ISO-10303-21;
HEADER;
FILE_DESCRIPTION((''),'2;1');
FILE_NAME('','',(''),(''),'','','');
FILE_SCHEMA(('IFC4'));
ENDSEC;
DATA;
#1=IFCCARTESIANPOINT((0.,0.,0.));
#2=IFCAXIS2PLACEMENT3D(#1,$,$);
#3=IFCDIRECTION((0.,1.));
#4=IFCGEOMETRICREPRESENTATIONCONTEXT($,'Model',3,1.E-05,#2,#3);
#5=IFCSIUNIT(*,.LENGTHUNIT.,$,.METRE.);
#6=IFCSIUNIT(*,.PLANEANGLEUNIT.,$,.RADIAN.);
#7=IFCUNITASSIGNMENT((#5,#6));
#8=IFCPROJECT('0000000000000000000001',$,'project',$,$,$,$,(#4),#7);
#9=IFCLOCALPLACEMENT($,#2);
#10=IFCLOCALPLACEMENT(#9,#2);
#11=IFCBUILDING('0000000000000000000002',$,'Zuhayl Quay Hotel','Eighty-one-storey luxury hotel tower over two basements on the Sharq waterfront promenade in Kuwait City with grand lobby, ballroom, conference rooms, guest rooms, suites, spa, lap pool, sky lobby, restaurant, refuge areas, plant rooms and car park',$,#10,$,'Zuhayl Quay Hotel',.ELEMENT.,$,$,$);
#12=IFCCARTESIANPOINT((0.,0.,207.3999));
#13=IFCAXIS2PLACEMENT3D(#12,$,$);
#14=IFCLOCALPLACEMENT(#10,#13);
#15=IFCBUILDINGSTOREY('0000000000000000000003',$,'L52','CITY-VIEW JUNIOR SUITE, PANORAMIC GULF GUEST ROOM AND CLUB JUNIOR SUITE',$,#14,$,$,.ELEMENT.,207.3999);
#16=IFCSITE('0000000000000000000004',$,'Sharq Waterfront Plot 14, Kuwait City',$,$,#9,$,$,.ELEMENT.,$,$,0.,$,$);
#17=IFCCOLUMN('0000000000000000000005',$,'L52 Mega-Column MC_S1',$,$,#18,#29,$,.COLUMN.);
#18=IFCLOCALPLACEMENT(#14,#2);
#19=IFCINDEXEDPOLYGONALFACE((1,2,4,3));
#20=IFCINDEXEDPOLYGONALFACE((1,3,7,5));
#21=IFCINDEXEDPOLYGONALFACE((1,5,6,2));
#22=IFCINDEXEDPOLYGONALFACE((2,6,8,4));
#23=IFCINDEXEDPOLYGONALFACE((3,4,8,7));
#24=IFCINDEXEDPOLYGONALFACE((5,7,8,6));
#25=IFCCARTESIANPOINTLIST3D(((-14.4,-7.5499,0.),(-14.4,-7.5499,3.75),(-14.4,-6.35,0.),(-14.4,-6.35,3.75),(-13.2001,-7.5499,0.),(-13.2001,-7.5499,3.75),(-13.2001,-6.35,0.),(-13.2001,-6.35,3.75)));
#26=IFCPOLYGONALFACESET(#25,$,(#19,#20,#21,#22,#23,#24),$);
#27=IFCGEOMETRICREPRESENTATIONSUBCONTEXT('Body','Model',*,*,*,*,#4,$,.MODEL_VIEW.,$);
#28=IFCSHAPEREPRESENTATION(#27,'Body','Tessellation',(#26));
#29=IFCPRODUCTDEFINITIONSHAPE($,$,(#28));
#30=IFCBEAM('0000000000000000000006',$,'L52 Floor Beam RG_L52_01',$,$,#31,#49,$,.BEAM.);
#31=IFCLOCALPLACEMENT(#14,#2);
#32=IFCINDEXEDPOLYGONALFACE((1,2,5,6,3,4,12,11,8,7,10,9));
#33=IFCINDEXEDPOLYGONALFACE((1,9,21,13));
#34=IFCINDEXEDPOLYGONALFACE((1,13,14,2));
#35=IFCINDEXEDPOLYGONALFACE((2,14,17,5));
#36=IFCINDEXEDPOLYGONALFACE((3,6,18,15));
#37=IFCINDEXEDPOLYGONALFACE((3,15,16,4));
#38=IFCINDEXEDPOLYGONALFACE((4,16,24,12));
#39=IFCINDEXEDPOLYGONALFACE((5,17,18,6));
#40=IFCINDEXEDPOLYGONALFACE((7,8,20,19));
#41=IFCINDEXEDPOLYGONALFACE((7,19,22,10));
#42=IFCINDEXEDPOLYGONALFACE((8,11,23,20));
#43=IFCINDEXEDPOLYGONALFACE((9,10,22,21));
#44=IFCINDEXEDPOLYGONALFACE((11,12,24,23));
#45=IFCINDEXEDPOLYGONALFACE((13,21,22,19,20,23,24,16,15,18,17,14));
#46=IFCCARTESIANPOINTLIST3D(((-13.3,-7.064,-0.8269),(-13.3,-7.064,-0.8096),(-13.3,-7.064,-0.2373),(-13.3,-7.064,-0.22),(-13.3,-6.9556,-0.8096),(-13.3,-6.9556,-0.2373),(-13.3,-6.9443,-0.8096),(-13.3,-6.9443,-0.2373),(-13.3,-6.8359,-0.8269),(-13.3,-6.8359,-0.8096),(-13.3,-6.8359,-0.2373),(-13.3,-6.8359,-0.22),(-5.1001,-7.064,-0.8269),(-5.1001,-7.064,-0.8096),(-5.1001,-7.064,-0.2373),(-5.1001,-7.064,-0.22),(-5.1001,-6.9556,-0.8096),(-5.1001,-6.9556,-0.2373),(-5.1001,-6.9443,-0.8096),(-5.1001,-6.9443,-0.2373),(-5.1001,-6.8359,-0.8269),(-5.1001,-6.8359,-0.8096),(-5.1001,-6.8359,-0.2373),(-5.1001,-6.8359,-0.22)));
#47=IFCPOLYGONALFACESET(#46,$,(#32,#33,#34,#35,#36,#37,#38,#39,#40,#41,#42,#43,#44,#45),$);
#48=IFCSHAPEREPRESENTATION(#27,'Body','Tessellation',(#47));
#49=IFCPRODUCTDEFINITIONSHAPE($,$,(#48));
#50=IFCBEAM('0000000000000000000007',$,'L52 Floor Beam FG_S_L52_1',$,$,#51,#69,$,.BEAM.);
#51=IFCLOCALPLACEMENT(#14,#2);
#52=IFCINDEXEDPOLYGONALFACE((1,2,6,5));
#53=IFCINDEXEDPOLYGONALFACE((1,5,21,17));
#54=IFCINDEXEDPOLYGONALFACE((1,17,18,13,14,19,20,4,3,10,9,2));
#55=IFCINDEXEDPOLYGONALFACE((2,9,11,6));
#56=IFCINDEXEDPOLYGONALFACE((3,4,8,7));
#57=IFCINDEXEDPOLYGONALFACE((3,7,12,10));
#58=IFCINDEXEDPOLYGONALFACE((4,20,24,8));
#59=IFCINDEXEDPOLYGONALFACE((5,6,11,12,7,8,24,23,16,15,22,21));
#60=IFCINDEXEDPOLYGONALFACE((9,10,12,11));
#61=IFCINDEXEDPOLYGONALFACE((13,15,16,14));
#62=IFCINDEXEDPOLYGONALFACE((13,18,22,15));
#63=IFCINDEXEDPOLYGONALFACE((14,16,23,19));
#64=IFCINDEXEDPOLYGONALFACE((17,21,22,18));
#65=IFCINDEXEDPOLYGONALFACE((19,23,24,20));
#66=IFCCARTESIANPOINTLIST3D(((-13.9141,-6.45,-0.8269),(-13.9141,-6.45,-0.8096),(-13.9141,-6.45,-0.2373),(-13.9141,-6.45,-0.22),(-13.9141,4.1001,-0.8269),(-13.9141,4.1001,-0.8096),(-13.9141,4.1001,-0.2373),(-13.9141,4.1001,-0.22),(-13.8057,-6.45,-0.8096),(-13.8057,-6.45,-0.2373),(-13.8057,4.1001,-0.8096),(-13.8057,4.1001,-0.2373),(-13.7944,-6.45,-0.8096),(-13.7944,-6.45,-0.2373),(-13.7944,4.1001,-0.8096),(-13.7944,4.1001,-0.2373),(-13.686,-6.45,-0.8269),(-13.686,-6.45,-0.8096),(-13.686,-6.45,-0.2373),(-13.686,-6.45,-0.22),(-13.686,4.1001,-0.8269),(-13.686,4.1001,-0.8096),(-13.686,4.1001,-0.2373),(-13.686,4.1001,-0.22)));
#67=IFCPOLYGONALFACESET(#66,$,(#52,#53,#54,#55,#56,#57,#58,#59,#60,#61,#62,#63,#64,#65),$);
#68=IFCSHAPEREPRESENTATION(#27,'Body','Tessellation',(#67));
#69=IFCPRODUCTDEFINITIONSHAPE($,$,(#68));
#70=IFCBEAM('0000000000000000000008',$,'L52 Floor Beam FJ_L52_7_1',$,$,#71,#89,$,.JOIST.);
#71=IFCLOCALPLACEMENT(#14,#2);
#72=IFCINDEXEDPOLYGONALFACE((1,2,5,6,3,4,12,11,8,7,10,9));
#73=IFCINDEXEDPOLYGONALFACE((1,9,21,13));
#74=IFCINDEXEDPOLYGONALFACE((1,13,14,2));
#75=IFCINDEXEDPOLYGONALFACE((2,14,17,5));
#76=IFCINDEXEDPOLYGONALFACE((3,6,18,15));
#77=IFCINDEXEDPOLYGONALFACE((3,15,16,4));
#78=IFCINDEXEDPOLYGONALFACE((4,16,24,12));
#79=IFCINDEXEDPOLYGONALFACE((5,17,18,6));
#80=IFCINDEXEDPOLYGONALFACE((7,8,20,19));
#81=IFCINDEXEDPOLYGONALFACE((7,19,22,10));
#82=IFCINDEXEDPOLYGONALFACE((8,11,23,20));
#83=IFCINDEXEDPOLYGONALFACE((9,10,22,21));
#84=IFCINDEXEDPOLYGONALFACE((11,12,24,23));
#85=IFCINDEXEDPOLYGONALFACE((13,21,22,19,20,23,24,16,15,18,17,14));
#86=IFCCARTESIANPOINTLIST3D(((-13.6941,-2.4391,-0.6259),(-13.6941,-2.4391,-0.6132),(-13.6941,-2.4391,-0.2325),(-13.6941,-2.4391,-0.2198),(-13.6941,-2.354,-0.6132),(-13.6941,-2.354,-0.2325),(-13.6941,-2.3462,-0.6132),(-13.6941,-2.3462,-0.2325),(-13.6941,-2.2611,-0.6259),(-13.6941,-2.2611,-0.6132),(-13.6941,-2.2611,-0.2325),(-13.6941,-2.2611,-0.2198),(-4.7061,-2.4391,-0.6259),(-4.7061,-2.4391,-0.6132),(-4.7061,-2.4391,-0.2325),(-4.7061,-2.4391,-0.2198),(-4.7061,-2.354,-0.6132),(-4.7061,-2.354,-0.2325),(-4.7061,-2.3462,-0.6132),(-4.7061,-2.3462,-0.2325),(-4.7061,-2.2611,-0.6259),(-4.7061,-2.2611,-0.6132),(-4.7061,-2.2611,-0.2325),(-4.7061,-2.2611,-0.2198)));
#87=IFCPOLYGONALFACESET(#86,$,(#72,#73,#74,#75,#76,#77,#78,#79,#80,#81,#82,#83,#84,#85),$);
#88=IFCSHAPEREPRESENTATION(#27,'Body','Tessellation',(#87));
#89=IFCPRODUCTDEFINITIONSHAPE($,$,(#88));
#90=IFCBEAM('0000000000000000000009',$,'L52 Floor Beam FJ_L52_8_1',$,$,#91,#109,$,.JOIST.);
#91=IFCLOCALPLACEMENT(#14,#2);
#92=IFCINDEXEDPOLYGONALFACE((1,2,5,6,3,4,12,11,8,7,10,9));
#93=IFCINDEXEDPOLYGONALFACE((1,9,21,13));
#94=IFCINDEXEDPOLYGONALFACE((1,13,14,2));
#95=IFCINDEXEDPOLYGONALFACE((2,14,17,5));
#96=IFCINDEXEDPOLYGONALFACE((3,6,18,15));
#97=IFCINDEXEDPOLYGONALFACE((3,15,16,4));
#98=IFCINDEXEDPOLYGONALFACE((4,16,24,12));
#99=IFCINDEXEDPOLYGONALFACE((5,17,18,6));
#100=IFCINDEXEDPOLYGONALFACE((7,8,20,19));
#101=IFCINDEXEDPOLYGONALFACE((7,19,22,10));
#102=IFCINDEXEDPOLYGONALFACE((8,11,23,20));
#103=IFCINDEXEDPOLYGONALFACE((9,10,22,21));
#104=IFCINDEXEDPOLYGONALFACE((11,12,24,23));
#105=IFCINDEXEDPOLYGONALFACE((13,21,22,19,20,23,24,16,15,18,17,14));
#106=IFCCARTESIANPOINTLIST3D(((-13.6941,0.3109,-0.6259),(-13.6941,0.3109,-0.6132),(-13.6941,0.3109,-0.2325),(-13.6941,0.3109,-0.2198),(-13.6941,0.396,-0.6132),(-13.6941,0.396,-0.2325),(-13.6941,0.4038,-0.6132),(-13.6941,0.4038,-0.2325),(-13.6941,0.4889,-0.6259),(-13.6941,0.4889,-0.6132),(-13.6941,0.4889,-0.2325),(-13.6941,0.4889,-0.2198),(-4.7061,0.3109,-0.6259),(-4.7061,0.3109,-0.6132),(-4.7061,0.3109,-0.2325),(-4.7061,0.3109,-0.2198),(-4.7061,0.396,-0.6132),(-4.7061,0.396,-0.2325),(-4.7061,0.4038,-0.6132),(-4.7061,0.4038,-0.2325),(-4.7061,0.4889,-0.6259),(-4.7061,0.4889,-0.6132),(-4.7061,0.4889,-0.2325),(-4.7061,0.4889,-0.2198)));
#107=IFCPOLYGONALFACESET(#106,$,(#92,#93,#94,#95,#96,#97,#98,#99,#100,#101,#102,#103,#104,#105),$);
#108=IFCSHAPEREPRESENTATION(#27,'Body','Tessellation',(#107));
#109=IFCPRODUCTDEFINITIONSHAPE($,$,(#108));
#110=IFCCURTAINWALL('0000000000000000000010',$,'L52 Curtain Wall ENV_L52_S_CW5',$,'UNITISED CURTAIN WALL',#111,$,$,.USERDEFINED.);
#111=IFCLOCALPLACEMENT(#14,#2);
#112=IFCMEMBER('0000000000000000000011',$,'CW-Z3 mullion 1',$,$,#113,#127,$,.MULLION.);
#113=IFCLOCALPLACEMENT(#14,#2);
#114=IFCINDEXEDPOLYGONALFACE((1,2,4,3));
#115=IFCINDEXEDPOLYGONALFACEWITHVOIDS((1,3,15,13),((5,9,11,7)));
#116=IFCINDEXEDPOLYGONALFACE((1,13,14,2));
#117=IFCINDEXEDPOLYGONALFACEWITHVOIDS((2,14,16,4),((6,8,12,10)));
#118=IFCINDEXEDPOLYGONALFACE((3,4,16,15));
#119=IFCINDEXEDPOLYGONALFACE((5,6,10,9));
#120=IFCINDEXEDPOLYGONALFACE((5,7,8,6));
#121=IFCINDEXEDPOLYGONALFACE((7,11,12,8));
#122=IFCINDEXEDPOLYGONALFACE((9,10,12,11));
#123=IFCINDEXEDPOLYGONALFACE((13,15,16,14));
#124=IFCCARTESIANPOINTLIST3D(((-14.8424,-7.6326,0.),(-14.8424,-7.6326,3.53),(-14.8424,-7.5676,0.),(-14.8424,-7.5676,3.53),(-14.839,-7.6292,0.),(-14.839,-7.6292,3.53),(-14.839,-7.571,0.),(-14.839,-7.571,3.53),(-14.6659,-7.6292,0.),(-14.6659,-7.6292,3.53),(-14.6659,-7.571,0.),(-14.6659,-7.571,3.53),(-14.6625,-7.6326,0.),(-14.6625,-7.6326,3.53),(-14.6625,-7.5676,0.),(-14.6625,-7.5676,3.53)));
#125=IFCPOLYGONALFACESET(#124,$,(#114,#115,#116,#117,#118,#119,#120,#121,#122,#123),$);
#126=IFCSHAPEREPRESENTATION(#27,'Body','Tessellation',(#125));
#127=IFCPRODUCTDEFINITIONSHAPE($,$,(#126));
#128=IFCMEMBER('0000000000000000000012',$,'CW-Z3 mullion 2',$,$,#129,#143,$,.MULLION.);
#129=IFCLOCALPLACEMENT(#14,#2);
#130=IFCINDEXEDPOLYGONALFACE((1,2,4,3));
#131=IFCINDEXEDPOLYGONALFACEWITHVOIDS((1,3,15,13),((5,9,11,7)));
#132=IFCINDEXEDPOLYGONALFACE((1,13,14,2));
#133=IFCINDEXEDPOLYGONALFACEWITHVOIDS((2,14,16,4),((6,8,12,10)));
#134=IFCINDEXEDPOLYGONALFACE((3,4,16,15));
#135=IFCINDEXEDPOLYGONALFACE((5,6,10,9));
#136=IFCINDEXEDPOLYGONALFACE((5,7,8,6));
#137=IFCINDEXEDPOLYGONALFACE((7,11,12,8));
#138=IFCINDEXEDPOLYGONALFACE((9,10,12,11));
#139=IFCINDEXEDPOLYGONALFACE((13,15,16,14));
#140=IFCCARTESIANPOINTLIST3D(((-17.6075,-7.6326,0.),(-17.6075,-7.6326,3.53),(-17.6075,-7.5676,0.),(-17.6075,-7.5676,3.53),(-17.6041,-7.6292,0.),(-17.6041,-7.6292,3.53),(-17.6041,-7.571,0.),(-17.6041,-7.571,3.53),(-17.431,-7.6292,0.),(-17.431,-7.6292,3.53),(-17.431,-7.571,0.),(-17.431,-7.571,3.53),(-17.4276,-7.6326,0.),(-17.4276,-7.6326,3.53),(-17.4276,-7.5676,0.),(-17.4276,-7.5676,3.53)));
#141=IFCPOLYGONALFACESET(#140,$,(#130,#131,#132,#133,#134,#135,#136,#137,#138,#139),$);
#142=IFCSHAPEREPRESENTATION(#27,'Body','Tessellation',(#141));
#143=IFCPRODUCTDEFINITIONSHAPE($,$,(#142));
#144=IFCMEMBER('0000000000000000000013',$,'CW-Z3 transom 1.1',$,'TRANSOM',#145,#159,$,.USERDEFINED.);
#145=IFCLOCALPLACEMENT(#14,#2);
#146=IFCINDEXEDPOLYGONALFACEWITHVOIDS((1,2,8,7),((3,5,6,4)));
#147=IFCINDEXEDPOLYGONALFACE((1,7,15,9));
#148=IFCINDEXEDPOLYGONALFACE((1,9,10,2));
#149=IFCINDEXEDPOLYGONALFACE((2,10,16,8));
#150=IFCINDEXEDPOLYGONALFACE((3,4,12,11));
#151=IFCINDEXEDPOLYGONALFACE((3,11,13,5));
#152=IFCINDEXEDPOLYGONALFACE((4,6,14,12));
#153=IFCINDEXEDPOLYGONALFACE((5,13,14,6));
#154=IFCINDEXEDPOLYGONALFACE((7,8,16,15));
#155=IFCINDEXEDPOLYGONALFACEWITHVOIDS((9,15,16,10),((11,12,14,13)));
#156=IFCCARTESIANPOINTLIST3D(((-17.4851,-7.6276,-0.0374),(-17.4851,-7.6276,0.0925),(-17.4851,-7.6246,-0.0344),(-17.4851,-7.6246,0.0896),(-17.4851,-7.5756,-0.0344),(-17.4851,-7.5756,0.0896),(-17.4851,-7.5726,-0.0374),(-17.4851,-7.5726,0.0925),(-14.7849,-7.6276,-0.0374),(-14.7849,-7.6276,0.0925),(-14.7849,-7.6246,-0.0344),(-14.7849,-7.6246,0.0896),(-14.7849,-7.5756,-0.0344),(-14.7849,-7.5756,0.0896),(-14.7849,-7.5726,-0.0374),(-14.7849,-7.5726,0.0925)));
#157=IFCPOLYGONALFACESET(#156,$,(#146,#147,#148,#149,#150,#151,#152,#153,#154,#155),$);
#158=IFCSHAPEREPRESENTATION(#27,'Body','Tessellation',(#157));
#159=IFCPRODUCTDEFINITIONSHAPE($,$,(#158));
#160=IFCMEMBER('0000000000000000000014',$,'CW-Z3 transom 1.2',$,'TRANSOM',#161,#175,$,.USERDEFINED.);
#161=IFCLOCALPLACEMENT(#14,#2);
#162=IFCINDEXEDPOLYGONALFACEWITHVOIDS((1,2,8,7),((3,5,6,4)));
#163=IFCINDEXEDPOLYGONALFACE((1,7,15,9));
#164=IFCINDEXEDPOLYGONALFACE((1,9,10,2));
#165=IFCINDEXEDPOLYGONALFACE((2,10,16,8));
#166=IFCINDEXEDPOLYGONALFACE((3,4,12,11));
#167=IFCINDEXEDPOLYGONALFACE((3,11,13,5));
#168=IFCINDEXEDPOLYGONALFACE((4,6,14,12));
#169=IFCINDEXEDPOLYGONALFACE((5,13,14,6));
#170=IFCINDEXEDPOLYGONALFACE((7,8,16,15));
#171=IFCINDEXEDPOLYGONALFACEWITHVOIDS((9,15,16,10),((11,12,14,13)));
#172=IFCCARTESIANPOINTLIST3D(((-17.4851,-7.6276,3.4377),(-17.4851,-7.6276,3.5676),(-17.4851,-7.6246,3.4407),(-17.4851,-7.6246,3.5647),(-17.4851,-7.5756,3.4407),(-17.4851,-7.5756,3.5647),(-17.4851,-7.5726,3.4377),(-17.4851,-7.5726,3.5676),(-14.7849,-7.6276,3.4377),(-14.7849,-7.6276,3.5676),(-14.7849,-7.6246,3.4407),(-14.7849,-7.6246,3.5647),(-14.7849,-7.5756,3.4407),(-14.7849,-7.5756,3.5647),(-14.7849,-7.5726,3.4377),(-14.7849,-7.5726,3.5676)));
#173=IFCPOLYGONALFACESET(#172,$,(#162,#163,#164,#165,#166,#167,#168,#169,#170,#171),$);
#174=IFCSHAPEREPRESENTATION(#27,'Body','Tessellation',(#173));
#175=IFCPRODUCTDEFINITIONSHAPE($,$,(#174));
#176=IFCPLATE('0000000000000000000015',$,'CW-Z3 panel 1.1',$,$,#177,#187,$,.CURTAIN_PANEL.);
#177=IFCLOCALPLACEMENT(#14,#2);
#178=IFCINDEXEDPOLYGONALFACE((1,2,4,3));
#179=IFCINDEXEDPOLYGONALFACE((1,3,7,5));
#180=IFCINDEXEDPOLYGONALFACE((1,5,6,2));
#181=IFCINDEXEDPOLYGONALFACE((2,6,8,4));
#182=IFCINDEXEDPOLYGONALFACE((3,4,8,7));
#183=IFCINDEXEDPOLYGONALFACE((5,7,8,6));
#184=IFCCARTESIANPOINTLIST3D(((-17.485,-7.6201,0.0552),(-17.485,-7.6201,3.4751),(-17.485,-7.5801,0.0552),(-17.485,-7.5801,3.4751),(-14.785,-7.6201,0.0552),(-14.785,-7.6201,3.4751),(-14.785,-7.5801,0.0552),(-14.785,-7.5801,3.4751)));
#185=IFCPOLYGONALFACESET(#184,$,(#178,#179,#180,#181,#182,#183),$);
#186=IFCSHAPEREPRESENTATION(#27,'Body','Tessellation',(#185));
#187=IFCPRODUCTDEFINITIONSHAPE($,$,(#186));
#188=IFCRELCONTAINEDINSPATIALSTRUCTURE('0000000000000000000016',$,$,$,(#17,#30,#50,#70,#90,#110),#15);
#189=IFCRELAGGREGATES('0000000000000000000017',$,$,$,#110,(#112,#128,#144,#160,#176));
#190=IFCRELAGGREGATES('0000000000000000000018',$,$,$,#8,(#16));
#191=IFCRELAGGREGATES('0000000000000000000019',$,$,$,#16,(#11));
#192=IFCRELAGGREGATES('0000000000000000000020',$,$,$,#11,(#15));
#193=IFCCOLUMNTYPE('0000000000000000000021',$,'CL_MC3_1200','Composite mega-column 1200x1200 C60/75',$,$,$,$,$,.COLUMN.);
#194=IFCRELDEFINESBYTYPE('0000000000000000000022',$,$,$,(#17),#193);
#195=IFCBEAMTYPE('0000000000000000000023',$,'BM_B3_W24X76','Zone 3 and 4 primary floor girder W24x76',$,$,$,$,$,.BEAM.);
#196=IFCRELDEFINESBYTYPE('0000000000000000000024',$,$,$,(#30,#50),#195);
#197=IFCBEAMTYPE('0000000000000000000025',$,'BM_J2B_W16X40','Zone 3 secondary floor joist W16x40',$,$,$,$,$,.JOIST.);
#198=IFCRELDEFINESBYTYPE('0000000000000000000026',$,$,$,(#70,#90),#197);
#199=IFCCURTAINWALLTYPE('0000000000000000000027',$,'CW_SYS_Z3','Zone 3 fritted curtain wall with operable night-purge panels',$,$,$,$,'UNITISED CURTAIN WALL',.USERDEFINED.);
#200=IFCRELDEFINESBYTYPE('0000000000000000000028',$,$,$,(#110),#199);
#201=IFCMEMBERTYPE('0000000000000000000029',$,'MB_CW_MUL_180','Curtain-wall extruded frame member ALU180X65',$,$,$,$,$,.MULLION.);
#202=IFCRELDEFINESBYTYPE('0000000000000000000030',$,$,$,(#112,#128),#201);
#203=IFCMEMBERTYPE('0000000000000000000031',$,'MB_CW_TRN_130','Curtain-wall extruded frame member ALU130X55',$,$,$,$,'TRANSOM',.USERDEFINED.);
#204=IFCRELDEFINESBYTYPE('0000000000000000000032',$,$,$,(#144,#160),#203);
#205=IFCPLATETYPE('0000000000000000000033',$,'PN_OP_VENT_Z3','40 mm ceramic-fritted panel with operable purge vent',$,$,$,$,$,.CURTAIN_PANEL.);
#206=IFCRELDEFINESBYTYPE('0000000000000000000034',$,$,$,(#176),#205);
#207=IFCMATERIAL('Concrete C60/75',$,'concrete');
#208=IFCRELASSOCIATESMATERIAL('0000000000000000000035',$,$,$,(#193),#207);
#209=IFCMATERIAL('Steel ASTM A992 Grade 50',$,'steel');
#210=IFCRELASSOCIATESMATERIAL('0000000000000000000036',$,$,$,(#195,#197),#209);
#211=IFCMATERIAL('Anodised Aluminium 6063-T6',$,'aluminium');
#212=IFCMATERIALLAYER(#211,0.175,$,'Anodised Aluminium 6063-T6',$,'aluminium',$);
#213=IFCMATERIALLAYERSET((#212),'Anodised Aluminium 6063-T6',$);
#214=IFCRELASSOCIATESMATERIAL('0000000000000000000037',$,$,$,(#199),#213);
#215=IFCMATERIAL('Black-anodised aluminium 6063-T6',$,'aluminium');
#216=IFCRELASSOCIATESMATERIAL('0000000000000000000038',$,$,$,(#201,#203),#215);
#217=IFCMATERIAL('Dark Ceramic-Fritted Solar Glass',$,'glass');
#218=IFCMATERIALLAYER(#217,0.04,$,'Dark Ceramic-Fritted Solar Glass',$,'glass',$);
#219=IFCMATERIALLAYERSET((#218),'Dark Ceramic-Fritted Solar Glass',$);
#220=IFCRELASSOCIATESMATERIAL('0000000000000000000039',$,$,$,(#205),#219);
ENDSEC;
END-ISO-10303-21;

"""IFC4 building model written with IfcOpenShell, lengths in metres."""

from ifc_helpers import new_model, si_unit, direction, frame, origin, origin_2d, place, context, subcontext, project, spatial, rectangle, hollow_rectangle, i_section, extrude, material, layer, layer_set, material_profile, profile_set, type_object, element, aggregate, save


model = new_model("IFC4")

# Units and contexts
model_context = context("Model", 3, precision=1e-05, world=origin(), true_north=direction((0.0, 1.0)))
body_context = subcontext(model_context, "Body", "Model", "MODEL_VIEW")
ifc_project = project(units=[si_unit("LENGTHUNIT", "METRE"), si_unit("PLANEANGLEUNIT", "RADIAN")], contexts=[model_context])

# Site, building, storey
site_placement = place(None, origin())
site = spatial("IfcSite", under=ifc_project, at=site_placement, Name="Sharq Waterfront Plot 14, Kuwait City", CompositionType="ELEMENT", RefElevation=0.0)
building_placement = place(site_placement, origin())
building = spatial("IfcBuilding", under=site, at=building_placement, Name="Zuhayl Quay Hotel", Description="Eighty-one-storey luxury hotel tower over two basements on the Sharq waterfront promenade in Kuwait City with grand lobby, ballroom, conference rooms, guest rooms, suites, spa, lap pool, sky lobby, restaurant, refuge areas, plant rooms and car park", LongName="Zuhayl Quay Hotel", CompositionType="ELEMENT")
storey_placement = place(building_placement, frame((0.0, 0.0, 207.3999)))
storey = spatial("IfcBuildingStorey", under=building, at=storey_placement, Name="L52", Description="CITY-VIEW JUNIOR SUITE, PANORAMIC GULF GUEST ROOM AND CLUB JUNIOR SUITE", CompositionType="ELEMENT", Elevation=207.3999)

# Column
ifc_material_1 = material(Name="Concrete C60/75", Category="concrete")
ifc_material_profile_1 = material_profile(ifc_material_1, rectangle(XDim=1.2, YDim=1.2, at=origin_2d()), Name="RC1200X1200")
ifc_profile_set_1 = profile_set([ifc_material_profile_1], Name="Concrete C60/75")
column_type = type_object("IfcColumnType", Name="CL_MC3_1200", Description="Composite mega-column 1200x1200 C60/75", PredefinedType="COLUMN", material=ifc_profile_set_1)
column_placement = place(storey_placement, frame((-13.8, -6.95, 0.0), z_axis=(0.0, 0.0, 1.0), x_axis=(1.0, 0.0, 0.0)))
element("IfcColumn", 1, at=column_placement, inside=storey, type_object=column_type, Name="L52 Mega-Column MC_S1", PredefinedType="COLUMN", context=body_context, shape_type="SweptSolid", body=[
    extrude(rectangle(XDim=1.2, YDim=1.2, at=origin_2d()), origin(), (0.0, 0.0, 1.0), 3.75),
])

# Beams
ifc_material_2 = material(Name="Steel ASTM A992 Grade 50", Category="steel")
ifc_material_profile_2 = material_profile(ifc_material_2, i_section(OverallWidth=0.228, OverallDepth=0.6069, WebThickness=0.0112, FlangeThickness=0.0173, at=origin_2d()), Name="W24X76")
ifc_profile_set_2 = profile_set([ifc_material_profile_2], Name="Steel ASTM A992 Grade 50")
beam_type_1 = type_object("IfcBeamType", Name="BM_B3_W24X76", Description="Zone 3 and 4 primary floor girder W24x76", PredefinedType="BEAM", material=ifc_profile_set_2)
beam_1_placement = place(storey_placement, frame((-13.3, -6.95, -0.5234), z_axis=(1.0, 0.0, 0.0), x_axis=(0.0, 1.0, 0.0)))
element("IfcBeam", 2, at=beam_1_placement, inside=storey, type_object=beam_type_1, Name="L52 Floor Beam RG_L52_01", PredefinedType="BEAM", context=body_context, shape_type="SweptSolid", body=[
    extrude(i_section(OverallWidth=0.228, OverallDepth=0.6069, WebThickness=0.0112, FlangeThickness=0.0173, at=origin_2d()), origin(), (0.0, 0.0, 1.0), 8.2),
])
beam_2_placement = place(storey_placement, frame((-13.8, -6.45, -0.5234), z_axis=(0.0, 1.0, 0.0), x_axis=(-1.0, 0.0, 0.0)))
element("IfcBeam", 3, at=beam_2_placement, inside=storey, type_object=beam_type_1, Name="L52 Floor Beam FG_S_L52_1", PredefinedType="BEAM", context=body_context, shape_type="SweptSolid", body=[
    extrude(i_section(OverallWidth=0.228, OverallDepth=0.6069, WebThickness=0.0112, FlangeThickness=0.0173, at=origin_2d()), origin(), (0.0, 0.0, 1.0), 10.55),
])
ifc_material_profile_3 = material_profile(ifc_material_2, i_section(OverallWidth=0.178, OverallDepth=0.406, WebThickness=0.0078, FlangeThickness=0.0127, at=origin_2d()), Name="W16X40")
ifc_profile_set_3 = profile_set([ifc_material_profile_3], Name="Steel ASTM A992 Grade 50")
beam_type_2 = type_object("IfcBeamType", Name="BM_J2B_W16X40", Description="Zone 3 secondary floor joist W16x40", PredefinedType="JOIST", material=ifc_profile_set_3)
for number, where, z_axis, x_axis, name in (
    (4, (-13.6941, -2.3501, -0.4229), (1.0, 0.0, 0.0), (0.0, 1.0, 0.0), "L52 Floor Beam FJ_L52_7_1"),
    (5, (-13.6941, 0.3999, -0.4229), (1.0, 0.0, 0.0), (0.0, 1.0, 0.0), "L52 Floor Beam FJ_L52_8_1"),
):
    element("IfcBeam", number, at=place(storey_placement, frame(where, z_axis=z_axis, x_axis=x_axis)), inside=storey, type_object=beam_type_2, Name=name, PredefinedType="JOIST", context=body_context, shape_type="SweptSolid", body=[
        extrude(i_section(OverallWidth=0.178, OverallDepth=0.406, WebThickness=0.0078, FlangeThickness=0.0127, at=origin_2d()), origin(), (0.0, 0.0, 1.0), 8.988),
    ])

# Curtain wall, members, plate
ifc_material_3 = material(Name="Anodised Aluminium 6063-T6", Category="aluminium")
ifc_layer_1 = layer(ifc_material_3, 0.175, Name="Anodised Aluminium 6063-T6", Category="aluminium")
ifc_layer_set_1 = layer_set([ifc_layer_1], Name="Anodised Aluminium 6063-T6")
curtain_wall_type = type_object("IfcCurtainWallType", Name="CW_SYS_Z3", Description="Zone 3 fritted curtain wall with operable night-purge panels", ElementType="UNITISED CURTAIN WALL", PredefinedType="USERDEFINED", material=ifc_layer_set_1)
curtain_wall_placement = place(storey_placement, origin())
curtain_wall = element("IfcCurtainWall", 6, at=curtain_wall_placement, inside=storey, type_object=curtain_wall_type, Name="L52 Curtain Wall ENV_L52_S_CW5", ObjectType="UNITISED CURTAIN WALL", PredefinedType="USERDEFINED")
ifc_material_4 = material(Name="Black-anodised aluminium 6063-T6", Category="aluminium")
ifc_material_profile_4 = material_profile(ifc_material_4, hollow_rectangle(XDim=0.0649, YDim=0.1799, WallThickness=0.0034, at=origin_2d()), Name="ALU180X65")
ifc_profile_set_4 = profile_set([ifc_material_profile_4], Name="Black-anodised aluminium 6063-T6")
member_type_1 = type_object("IfcMemberType", Name="MB_CW_MUL_180", Description="Curtain-wall extruded frame member ALU180X65", PredefinedType="MULLION", material=ifc_profile_set_4)
member_1_placement = place(storey_placement, frame((-14.7524, -7.6001, 0.0), z_axis=(0.0, 0.0, 1.0), x_axis=(0.0, -1.0, 0.0)))
member_1 = element("IfcMember", 7, at=member_1_placement, type_object=member_type_1, Name="CW-Z3 mullion 1", PredefinedType="MULLION", context=body_context, shape_type="SweptSolid", body=[
    extrude(hollow_rectangle(XDim=0.0649, YDim=0.1799, WallThickness=0.0034, at=origin_2d()), origin(), (0.0, 0.0, 1.0), 3.53),
])
member_2_placement = place(storey_placement, frame((-17.5176, -7.6001, 0.0), z_axis=(0.0, 0.0, 1.0), x_axis=(0.0, -1.0, 0.0)))
member_2 = element("IfcMember", 8, at=member_2_placement, type_object=member_type_1, Name="CW-Z3 mullion 2", PredefinedType="MULLION", context=body_context, shape_type="SweptSolid", body=[
    extrude(hollow_rectangle(XDim=0.0649, YDim=0.1799, WallThickness=0.0034, at=origin_2d()), origin(), (0.0, 0.0, 1.0), 3.53),
])
ifc_material_profile_5 = material_profile(ifc_material_4, hollow_rectangle(XDim=0.0549, YDim=0.1299, WallThickness=0.0029, at=origin_2d()), Name="ALU130X55")
ifc_profile_set_5 = profile_set([ifc_material_profile_5], Name="Black-anodised aluminium 6063-T6")
member_type_2 = type_object("IfcMemberType", Name="MB_CW_TRN_130", Description="Curtain-wall extruded frame member ALU130X55", ElementType="TRANSOM", PredefinedType="USERDEFINED", material=ifc_profile_set_5)
member_3_placement = place(storey_placement, frame((-14.7849, -7.6001, 0.0276), z_axis=(-1.0, 0.0, 0.0), x_axis=(0.0, -1.0, 0.0)))
member_3 = element("IfcMember", 9, at=member_3_placement, type_object=member_type_2, Name="CW-Z3 transom 1.1", ObjectType="TRANSOM", PredefinedType="USERDEFINED", context=body_context, shape_type="SweptSolid", body=[
    extrude(hollow_rectangle(XDim=0.0549, YDim=0.1299, WallThickness=0.0029, at=origin_2d()), origin(), (0.0, 0.0, 1.0), 2.7002),
])
member_4_placement = place(storey_placement, frame((-14.7849, -7.6001, 3.5027), z_axis=(-1.0, 0.0, 0.0), x_axis=(0.0, -1.0, 0.0)))
member_4 = element("IfcMember", 10, at=member_4_placement, type_object=member_type_2, Name="CW-Z3 transom 1.2", ObjectType="TRANSOM", PredefinedType="USERDEFINED", context=body_context, shape_type="SweptSolid", body=[
    extrude(hollow_rectangle(XDim=0.0549, YDim=0.1299, WallThickness=0.0029, at=origin_2d()), origin(), (0.0, 0.0, 1.0), 2.7002),
])
ifc_material_5 = material(Name="Dark Ceramic-Fritted Solar Glass", Category="glass")
ifc_layer_2 = layer(ifc_material_5, 0.04, Name="Dark Ceramic-Fritted Solar Glass", Category="glass")
ifc_layer_set_2 = layer_set([ifc_layer_2], Name="Dark Ceramic-Fritted Solar Glass")
plate_type = type_object("IfcPlateType", Name="PN_OP_VENT_Z3", Description="40 mm ceramic-fritted panel with operable purge vent", PredefinedType="CURTAIN_PANEL", material=ifc_layer_set_2)
plate_placement = place(storey_placement, frame((-16.135, -7.6001, 0.0552), z_axis=(0.0, 0.0, 1.0), x_axis=(-1.0, 0.0, 0.0)))
plate = element("IfcPlate", 11, at=plate_placement, type_object=plate_type, Name="CW-Z3 panel 1.1", PredefinedType="CURTAIN_PANEL", context=body_context, shape_type="SweptSolid", body=[
    extrude(rectangle(XDim=2.7, YDim=0.04, at=origin_2d()), origin(), (0.0, 0.0, 1.0), 3.4199),
])
aggregate(curtain_wall, [member_1, member_2, member_3, member_4, plate])

save(model, "model.ifc")
